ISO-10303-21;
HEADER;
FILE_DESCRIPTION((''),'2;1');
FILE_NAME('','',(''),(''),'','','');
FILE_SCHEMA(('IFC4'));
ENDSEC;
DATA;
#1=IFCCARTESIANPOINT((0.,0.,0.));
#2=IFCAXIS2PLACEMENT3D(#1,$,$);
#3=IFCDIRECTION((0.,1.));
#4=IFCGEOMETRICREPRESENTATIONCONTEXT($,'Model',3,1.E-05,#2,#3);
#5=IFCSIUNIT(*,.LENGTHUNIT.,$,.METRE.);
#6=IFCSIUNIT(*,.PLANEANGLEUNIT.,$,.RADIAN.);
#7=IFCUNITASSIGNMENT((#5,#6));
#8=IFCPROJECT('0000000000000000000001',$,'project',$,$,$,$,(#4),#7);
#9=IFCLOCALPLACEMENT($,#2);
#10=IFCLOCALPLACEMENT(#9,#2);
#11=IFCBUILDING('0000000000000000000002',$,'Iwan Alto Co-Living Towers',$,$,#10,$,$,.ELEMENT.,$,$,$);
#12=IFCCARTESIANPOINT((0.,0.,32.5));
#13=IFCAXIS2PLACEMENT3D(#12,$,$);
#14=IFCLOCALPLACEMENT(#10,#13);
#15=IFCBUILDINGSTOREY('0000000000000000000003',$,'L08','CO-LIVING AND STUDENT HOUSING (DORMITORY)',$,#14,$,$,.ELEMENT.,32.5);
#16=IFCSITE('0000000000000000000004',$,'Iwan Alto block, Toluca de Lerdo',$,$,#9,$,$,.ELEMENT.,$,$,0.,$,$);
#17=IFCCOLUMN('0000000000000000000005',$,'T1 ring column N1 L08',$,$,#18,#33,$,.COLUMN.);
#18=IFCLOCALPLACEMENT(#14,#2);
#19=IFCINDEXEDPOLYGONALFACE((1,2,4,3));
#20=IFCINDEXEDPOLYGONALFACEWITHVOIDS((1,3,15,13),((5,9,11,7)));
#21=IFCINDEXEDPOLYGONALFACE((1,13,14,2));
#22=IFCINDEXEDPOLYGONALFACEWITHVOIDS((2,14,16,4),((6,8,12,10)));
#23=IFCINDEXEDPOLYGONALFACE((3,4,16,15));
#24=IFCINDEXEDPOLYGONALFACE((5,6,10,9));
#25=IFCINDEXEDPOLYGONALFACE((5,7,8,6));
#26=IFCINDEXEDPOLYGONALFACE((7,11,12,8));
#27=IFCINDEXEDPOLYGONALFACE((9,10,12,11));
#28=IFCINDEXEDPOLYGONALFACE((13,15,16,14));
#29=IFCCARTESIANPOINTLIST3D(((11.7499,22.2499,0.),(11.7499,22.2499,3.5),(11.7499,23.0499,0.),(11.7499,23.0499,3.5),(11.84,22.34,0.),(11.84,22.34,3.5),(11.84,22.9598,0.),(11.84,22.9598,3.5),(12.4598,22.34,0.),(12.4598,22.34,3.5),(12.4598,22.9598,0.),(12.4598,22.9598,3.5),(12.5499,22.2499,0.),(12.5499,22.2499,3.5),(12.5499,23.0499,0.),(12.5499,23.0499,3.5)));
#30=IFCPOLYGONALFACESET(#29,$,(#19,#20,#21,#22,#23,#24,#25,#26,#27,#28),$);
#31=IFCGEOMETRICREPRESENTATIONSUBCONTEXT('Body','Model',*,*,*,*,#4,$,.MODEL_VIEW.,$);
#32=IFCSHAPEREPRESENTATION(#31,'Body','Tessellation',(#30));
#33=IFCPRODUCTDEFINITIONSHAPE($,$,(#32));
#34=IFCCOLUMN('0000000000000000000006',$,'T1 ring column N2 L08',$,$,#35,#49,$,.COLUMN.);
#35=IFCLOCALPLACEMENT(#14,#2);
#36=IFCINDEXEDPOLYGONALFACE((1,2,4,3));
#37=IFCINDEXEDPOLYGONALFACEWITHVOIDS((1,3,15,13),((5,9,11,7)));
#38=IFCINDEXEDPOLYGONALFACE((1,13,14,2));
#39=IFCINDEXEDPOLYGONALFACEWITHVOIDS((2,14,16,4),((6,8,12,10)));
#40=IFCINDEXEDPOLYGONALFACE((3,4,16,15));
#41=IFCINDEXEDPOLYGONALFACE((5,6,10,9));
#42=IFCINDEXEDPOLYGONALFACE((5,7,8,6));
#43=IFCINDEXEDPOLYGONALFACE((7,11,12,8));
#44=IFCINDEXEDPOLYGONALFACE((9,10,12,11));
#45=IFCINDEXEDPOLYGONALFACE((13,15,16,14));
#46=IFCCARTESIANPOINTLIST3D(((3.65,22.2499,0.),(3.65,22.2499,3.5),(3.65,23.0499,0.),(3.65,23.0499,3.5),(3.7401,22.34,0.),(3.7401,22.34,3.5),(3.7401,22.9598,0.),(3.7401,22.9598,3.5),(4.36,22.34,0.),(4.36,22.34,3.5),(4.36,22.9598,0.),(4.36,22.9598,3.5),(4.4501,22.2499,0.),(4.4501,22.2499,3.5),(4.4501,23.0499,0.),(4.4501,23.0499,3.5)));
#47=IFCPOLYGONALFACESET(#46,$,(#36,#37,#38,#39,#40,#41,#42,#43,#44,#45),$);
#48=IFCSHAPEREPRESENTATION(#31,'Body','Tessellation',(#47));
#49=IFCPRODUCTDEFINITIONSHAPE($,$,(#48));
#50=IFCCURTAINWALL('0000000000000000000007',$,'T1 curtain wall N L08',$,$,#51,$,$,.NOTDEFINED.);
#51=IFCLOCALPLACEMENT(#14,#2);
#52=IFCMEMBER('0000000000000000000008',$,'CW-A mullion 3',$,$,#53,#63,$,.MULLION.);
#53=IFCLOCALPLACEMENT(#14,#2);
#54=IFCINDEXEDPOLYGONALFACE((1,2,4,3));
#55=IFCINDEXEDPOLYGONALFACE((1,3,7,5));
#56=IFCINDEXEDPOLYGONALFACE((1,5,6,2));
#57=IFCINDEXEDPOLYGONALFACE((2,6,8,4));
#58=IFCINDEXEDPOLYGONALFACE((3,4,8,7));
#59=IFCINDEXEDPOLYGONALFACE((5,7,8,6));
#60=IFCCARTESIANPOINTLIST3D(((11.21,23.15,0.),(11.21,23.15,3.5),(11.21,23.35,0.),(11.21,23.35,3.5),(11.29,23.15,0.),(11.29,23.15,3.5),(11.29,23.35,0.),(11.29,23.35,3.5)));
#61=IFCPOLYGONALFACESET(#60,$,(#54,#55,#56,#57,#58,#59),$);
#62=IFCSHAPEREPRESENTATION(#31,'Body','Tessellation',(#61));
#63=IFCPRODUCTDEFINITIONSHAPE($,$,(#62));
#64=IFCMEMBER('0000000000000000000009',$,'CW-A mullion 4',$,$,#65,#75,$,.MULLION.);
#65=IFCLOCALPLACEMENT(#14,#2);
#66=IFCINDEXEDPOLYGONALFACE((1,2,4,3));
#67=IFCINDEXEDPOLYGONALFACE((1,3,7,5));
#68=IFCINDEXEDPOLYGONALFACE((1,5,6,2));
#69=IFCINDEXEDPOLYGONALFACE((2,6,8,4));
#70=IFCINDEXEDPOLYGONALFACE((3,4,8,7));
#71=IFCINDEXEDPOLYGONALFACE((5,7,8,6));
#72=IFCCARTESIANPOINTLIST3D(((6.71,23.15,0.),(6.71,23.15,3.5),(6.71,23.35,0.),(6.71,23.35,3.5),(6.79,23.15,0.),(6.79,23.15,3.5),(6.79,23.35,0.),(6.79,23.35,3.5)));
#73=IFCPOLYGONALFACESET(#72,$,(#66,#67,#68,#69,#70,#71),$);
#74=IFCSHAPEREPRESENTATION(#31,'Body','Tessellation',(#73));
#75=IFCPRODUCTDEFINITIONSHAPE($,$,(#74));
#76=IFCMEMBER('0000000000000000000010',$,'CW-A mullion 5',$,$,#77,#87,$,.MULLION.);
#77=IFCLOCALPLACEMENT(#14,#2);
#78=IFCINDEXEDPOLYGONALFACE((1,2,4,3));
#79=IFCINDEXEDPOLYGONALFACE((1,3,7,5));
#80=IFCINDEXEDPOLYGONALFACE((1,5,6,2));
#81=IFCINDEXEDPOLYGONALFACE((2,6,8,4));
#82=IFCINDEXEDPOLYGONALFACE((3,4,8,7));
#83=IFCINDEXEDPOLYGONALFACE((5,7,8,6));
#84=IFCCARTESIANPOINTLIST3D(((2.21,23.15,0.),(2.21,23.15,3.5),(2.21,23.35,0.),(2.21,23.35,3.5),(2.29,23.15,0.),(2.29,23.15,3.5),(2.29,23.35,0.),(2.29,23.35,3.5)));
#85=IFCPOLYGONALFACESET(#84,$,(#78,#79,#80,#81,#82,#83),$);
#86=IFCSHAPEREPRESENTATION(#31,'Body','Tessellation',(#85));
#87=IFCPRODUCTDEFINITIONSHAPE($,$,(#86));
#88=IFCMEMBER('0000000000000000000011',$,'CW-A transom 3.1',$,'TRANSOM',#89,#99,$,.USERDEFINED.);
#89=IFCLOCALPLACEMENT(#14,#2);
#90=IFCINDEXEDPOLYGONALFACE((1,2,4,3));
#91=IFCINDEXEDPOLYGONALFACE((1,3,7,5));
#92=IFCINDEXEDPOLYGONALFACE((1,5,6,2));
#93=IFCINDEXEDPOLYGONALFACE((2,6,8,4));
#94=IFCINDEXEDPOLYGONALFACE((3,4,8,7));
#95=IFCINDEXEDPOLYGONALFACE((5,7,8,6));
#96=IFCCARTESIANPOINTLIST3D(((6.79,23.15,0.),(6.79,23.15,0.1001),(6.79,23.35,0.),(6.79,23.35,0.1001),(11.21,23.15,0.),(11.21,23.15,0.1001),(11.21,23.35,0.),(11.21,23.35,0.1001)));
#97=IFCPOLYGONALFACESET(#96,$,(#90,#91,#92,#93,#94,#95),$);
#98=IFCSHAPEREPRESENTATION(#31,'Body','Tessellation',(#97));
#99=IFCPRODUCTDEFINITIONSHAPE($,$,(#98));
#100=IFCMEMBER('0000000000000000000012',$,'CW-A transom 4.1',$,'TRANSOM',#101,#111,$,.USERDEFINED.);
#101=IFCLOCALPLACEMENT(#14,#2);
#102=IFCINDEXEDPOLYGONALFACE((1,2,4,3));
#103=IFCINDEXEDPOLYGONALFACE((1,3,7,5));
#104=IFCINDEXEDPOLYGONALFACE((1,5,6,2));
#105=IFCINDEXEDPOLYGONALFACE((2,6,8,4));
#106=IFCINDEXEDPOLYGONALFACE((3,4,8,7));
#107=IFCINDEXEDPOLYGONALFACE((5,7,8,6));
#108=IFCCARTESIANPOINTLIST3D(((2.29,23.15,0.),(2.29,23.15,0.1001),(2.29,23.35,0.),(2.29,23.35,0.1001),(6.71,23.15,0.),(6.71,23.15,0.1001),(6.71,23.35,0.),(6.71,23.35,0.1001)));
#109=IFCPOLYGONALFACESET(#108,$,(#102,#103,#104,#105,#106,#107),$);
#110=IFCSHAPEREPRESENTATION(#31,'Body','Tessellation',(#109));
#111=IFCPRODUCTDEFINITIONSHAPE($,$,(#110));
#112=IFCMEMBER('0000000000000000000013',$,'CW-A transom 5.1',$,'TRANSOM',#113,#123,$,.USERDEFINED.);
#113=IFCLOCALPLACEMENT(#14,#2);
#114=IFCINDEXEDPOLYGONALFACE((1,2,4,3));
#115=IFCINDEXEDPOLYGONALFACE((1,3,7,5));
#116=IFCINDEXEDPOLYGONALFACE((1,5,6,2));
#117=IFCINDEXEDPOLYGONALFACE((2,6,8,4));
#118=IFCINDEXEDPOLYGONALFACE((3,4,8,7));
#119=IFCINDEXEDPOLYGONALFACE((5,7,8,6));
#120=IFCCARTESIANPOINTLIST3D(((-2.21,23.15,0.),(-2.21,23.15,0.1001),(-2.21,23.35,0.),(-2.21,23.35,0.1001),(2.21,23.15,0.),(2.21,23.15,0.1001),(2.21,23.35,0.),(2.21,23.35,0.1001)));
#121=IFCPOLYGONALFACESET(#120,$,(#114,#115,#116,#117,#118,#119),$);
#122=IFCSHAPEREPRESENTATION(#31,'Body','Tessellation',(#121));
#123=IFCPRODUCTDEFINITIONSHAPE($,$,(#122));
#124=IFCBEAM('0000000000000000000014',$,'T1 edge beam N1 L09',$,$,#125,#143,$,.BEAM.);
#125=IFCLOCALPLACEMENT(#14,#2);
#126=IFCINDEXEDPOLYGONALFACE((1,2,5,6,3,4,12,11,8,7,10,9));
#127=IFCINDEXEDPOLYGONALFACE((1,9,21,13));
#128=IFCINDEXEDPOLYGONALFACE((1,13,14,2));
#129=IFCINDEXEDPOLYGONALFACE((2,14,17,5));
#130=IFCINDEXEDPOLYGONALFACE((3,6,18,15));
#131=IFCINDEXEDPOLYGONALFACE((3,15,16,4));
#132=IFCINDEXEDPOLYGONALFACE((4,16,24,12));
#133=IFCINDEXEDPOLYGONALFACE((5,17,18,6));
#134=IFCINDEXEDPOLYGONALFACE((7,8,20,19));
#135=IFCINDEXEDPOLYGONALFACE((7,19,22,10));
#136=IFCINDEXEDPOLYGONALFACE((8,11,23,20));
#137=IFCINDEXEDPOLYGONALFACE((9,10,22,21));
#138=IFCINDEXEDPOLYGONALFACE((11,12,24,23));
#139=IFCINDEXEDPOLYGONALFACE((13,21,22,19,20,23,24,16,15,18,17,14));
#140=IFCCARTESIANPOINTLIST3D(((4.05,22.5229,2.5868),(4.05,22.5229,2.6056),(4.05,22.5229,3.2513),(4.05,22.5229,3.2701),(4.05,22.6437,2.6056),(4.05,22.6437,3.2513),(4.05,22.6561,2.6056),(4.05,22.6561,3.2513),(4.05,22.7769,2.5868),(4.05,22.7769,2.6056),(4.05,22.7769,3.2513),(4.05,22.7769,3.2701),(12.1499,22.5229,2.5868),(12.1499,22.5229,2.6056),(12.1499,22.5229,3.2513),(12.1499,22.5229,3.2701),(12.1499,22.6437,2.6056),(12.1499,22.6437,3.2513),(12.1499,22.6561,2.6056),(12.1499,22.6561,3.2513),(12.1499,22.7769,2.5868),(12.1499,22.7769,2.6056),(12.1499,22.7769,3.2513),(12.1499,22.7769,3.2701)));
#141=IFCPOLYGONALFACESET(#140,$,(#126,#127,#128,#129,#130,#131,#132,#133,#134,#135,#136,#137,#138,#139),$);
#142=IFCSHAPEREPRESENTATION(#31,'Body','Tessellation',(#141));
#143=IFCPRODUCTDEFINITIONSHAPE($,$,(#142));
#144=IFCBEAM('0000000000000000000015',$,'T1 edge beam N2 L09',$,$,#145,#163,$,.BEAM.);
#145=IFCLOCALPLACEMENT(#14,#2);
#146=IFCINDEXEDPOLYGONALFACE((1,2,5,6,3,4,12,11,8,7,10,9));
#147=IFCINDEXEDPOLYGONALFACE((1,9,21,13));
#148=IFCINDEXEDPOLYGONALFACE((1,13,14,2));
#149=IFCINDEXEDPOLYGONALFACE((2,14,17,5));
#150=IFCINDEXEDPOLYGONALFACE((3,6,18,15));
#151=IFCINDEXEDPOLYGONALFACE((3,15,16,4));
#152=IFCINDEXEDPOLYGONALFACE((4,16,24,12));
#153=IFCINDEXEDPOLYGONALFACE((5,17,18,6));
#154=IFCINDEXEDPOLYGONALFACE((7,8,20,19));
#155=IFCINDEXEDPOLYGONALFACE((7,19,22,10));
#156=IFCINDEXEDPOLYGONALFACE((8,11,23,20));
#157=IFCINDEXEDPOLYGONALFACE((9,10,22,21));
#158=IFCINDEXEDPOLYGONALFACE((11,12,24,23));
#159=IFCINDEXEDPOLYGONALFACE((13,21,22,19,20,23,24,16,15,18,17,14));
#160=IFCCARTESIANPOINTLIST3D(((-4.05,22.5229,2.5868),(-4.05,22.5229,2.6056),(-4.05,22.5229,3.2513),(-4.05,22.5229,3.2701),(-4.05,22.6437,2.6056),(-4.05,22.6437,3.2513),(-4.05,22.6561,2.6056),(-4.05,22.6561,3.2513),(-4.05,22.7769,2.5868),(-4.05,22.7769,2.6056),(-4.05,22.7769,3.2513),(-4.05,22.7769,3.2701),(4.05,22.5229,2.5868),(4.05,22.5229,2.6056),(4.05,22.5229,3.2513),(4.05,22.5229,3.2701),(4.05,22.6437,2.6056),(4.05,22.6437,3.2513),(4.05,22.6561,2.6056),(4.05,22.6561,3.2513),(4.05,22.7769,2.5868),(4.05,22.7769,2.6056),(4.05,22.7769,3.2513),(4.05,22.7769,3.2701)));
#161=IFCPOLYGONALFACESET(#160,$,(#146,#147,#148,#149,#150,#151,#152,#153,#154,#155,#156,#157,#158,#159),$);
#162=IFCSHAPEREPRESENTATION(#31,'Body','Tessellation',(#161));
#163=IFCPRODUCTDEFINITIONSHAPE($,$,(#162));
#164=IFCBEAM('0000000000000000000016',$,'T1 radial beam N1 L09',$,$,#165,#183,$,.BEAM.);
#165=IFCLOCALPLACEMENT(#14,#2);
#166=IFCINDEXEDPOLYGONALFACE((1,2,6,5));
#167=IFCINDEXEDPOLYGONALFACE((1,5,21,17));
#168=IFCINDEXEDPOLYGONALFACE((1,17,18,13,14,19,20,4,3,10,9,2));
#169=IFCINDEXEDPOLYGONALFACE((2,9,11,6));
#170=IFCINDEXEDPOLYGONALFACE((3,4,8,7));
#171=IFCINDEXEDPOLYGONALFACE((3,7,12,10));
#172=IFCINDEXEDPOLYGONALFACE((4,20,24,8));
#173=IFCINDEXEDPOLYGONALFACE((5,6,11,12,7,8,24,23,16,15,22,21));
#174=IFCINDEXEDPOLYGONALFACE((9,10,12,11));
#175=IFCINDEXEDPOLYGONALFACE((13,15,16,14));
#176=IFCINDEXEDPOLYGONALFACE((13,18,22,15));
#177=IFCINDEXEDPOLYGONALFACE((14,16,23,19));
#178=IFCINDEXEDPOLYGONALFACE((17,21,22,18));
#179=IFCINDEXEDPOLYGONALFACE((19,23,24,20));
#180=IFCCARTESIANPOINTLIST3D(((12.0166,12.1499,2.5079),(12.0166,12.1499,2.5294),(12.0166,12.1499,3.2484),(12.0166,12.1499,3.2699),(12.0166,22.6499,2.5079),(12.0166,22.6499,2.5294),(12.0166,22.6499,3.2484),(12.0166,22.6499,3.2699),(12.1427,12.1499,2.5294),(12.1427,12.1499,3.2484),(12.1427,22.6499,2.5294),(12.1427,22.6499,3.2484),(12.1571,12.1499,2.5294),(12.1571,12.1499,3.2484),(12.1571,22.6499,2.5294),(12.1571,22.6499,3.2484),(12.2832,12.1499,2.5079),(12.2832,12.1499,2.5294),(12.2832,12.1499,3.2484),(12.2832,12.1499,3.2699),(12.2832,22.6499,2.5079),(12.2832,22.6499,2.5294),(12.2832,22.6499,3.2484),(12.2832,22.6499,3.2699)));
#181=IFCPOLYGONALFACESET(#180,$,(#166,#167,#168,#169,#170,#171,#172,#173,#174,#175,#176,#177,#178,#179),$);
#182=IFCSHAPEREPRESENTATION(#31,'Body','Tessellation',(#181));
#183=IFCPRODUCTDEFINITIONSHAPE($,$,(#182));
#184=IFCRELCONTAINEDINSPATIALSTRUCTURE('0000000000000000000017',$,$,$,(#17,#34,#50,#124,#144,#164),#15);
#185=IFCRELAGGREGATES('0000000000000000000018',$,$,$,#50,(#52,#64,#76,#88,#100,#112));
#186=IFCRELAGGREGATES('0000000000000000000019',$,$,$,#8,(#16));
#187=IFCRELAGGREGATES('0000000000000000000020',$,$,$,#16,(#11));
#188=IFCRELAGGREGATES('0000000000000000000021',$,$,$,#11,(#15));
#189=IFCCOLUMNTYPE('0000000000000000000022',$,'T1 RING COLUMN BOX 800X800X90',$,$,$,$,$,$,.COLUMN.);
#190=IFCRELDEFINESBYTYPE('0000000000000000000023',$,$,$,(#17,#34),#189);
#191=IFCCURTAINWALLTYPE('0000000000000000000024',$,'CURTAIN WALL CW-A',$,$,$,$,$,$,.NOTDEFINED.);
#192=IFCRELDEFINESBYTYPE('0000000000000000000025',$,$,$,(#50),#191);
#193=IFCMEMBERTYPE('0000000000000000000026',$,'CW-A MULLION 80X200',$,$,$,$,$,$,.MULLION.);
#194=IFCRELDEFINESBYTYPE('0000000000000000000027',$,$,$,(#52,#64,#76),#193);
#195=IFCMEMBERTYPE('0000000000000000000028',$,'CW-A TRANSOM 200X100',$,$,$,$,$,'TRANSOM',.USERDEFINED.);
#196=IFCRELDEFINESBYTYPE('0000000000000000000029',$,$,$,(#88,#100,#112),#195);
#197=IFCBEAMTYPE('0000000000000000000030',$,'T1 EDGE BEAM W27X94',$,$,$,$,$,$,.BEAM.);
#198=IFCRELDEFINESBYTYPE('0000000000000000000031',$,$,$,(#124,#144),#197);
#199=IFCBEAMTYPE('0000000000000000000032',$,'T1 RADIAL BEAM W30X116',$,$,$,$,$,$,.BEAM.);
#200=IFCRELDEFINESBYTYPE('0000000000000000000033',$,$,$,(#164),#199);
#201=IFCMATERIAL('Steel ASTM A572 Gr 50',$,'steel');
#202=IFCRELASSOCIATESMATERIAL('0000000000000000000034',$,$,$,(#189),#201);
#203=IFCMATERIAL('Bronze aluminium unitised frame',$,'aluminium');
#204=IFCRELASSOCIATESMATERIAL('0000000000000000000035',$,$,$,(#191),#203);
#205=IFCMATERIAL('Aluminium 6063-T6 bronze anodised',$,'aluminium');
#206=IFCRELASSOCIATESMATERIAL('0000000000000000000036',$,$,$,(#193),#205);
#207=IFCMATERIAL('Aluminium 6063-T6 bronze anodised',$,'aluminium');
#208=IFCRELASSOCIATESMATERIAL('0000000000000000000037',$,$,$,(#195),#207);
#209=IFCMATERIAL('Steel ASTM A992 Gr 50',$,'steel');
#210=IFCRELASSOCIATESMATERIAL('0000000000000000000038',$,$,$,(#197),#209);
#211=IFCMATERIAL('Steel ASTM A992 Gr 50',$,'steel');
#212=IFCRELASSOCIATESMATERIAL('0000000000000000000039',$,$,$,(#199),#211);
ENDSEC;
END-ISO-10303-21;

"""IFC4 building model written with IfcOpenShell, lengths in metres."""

from ifc_helpers import new_model, si_unit, direction, frame, origin, origin_2d, place, context, subcontext, project, spatial, rectangle, hollow_rectangle, i_section, extrude, material, material_profile, profile_set, type_object, element, aggregate, save


model = new_model("IFC4")

# Units and contexts
model_context = context("Model", 3, precision=1e-05, world=origin(), true_north=direction((0.0, 1.0)))
body_context = subcontext(model_context, "Body", "Model", "MODEL_VIEW")
ifc_project = project(units=[si_unit("LENGTHUNIT", "METRE"), si_unit("PLANEANGLEUNIT", "RADIAN")], contexts=[model_context])

# Site, building, storey
site_placement = place(None, origin())
site = spatial("IfcSite", under=ifc_project, at=site_placement, Name="Iwan Alto block, Toluca de Lerdo", CompositionType="ELEMENT", RefElevation=0.0)
building_placement = place(site_placement, origin())
building = spatial("IfcBuilding", under=site, at=building_placement, Name="Iwan Alto Co-Living Towers", CompositionType="ELEMENT")
storey_placement = place(building_placement, frame((0.0, 0.0, 32.5)))
storey = spatial("IfcBuildingStorey", under=building, at=storey_placement, Name="L08", Description="CO-LIVING AND STUDENT HOUSING (DORMITORY)", CompositionType="ELEMENT", Elevation=32.5)

# Columns
ifc_material_1 = material(Name="Steel ASTM A572 Gr 50", Category="steel")
ifc_material_profile_1 = material_profile(ifc_material_1, hollow_rectangle(XDim=0.8, YDim=0.8, WallThickness=0.0901, at=origin_2d()), Name="BOX 800X800X90")
ifc_profile_set_1 = profile_set([ifc_material_profile_1], Name="Steel ASTM A572 Gr 50")
column_type = type_object("IfcColumnType", Name="T1 RING COLUMN BOX 800X800X90", PredefinedType="COLUMN", material=ifc_profile_set_1)
for number, where, z_axis, x_axis, name in (
    (1, (12.1499, 22.6499, 0.0), (0.0, 0.0, 1.0), (1.0, 0.0, 0.0), "T1 ring column N1 L08"),
    (2, (4.05, 22.6499, 0.0), (0.0, 0.0, 1.0), (1.0, 0.0, 0.0), "T1 ring column N2 L08"),
):
    element("IfcColumn", number, at=place(storey_placement, frame(where, z_axis=z_axis, x_axis=x_axis)), inside=storey, type_object=column_type, Name=name, PredefinedType="COLUMN", context=body_context, shape_type="SweptSolid", body=[
        extrude(hollow_rectangle(XDim=0.8, YDim=0.8, WallThickness=0.0901, at=origin_2d()), origin(), (0.0, 0.0, 1.0), 3.5),
    ])

# Curtain wall, members
ifc_material_2 = material(Name="Bronze aluminium unitised frame", Category="aluminium")
curtain_wall_type = type_object("IfcCurtainWallType", Name="CURTAIN WALL CW-A", PredefinedType="NOTDEFINED", material=ifc_material_2)
curtain_wall_placement = place(storey_placement, origin())
curtain_wall = element("IfcCurtainWall", 3, at=curtain_wall_placement, inside=storey, type_object=curtain_wall_type, Name="T1 curtain wall N L08", PredefinedType="NOTDEFINED")
ifc_material_3 = material(Name="Aluminium 6063-T6 bronze anodised", Category="aluminium")
ifc_material_profile_2 = material_profile(ifc_material_3, rectangle(XDim=0.2, YDim=0.0801, at=origin_2d()), Name="AL 80X200")
ifc_profile_set_2 = profile_set([ifc_material_profile_2], Name="Aluminium 6063-T6 bronze anodised")
member_type_1 = type_object("IfcMemberType", Name="CW-A MULLION 80X200", PredefinedType="MULLION", material=ifc_profile_set_2)
member_1_placement = place(storey_placement, frame((11.25, 23.25, 0.0), z_axis=(0.0, 0.0, 1.0), x_axis=(0.0, -1.0, 0.0)))
member_1 = element("IfcMember", 4, at=member_1_placement, type_object=member_type_1, Name="CW-A mullion 3", PredefinedType="MULLION", context=body_context, shape_type="SweptSolid", body=[
    extrude(rectangle(XDim=0.2, YDim=0.0801, at=origin_2d()), origin(), (0.0, 0.0, 1.0), 3.5),
])
member_2_placement = place(storey_placement, frame((6.75, 23.25, 0.0), z_axis=(0.0, 0.0, 1.0), x_axis=(0.0, -1.0, 0.0)))
member_2 = element("IfcMember", 5, at=member_2_placement, type_object=member_type_1, Name="CW-A mullion 4", PredefinedType="MULLION", context=body_context, shape_type="SweptSolid", body=[
    extrude(rectangle(XDim=0.2, YDim=0.0801, at=origin_2d()), origin(), (0.0, 0.0, 1.0), 3.5),
])
member_3_placement = place(storey_placement, frame((2.25, 23.25, 0.0), z_axis=(0.0, 0.0, 1.0), x_axis=(0.0, -1.0, 0.0)))
member_3 = element("IfcMember", 6, at=member_3_placement, type_object=member_type_1, Name="CW-A mullion 5", PredefinedType="MULLION", context=body_context, shape_type="SweptSolid", body=[
    extrude(rectangle(XDim=0.2, YDim=0.0801, at=origin_2d()), origin(), (0.0, 0.0, 1.0), 3.5),
])
ifc_material_4 = material(Name="Aluminium 6063-T6 bronze anodised", Category="aluminium")
ifc_material_profile_3 = material_profile(ifc_material_4, rectangle(XDim=0.2, YDim=0.1001, at=origin_2d()), Name="AL 200X100")
ifc_profile_set_3 = profile_set([ifc_material_profile_3], Name="Aluminium 6063-T6 bronze anodised")
member_type_2 = type_object("IfcMemberType", Name="CW-A TRANSOM 200X100", ElementType="TRANSOM", PredefinedType="USERDEFINED", material=ifc_profile_set_3)
member_4_placement = place(storey_placement, frame((11.21, 23.25, 0.05), z_axis=(-1.0, 0.0, 0.0), x_axis=(0.0, -1.0, 0.0)))
member_4 = element("IfcMember", 7, at=member_4_placement, type_object=member_type_2, Name="CW-A transom 3.1", ObjectType="TRANSOM", PredefinedType="USERDEFINED", context=body_context, shape_type="SweptSolid", body=[
    extrude(rectangle(XDim=0.2, YDim=0.1001, at=origin_2d()), origin(), (0.0, 0.0, 1.0), 4.4199),
])
member_5_placement = place(storey_placement, frame((6.71, 23.25, 0.05), z_axis=(-1.0, 0.0, 0.0), x_axis=(0.0, -1.0, 0.0)))
member_5 = element("IfcMember", 8, at=member_5_placement, type_object=member_type_2, Name="CW-A transom 4.1", ObjectType="TRANSOM", PredefinedType="USERDEFINED", context=body_context, shape_type="SweptSolid", body=[
    extrude(rectangle(XDim=0.2, YDim=0.1001, at=origin_2d()), origin(), (0.0, 0.0, 1.0), 4.4199),
])
member_6_placement = place(storey_placement, frame((2.21, 23.25, 0.05), z_axis=(-1.0, 0.0, 0.0), x_axis=(0.0, -1.0, 0.0)))
member_6 = element("IfcMember", 9, at=member_6_placement, type_object=member_type_2, Name="CW-A transom 5.1", ObjectType="TRANSOM", PredefinedType="USERDEFINED", context=body_context, shape_type="SweptSolid", body=[
    extrude(rectangle(XDim=0.2, YDim=0.1001, at=origin_2d()), origin(), (0.0, 0.0, 1.0), 4.4199),
])

# Beams
ifc_material_5 = material(Name="Steel ASTM A992 Gr 50", Category="steel")
ifc_material_profile_4 = material_profile(ifc_material_5, i_section(OverallWidth=0.2539, OverallDepth=0.6833, WebThickness=0.0125, FlangeThickness=0.0188, at=origin_2d()), Name="W27X94")
ifc_profile_set_4 = profile_set([ifc_material_profile_4], Name="Steel ASTM A992 Gr 50")
beam_type_1 = type_object("IfcBeamType", Name="T1 EDGE BEAM W27X94", PredefinedType="BEAM", material=ifc_profile_set_4)
beam_1_placement = place(storey_placement, frame((12.1499, 22.6499, 2.9285), z_axis=(-1.0, 0.0, 0.0), x_axis=(0.0, -1.0, 0.0)))
element("IfcBeam", 10, at=beam_1_placement, inside=storey, type_object=beam_type_1, Name="T1 edge beam N1 L09", PredefinedType="BEAM", context=body_context, shape_type="SweptSolid", body=[
    extrude(i_section(OverallWidth=0.2539, OverallDepth=0.6833, WebThickness=0.0125, FlangeThickness=0.0188, at=origin_2d()), origin(), (0.0, 0.0, 1.0), 8.0999),
])
beam_2_placement = place(storey_placement, frame((4.05, 22.6499, 2.9285), z_axis=(-1.0, 0.0, 0.0), x_axis=(0.0, -1.0, 0.0)))
element("IfcBeam", 11, at=beam_2_placement, inside=storey, type_object=beam_type_1, Name="T1 edge beam N2 L09", PredefinedType="BEAM", context=body_context, shape_type="SweptSolid", body=[
    extrude(i_section(OverallWidth=0.2539, OverallDepth=0.6833, WebThickness=0.0125, FlangeThickness=0.0188, at=origin_2d()), origin(), (0.0, 0.0, 1.0), 8.1001),
])
ifc_material_6 = material(Name="Steel ASTM A992 Gr 50", Category="steel")
ifc_material_profile_5 = material_profile(ifc_material_6, i_section(OverallWidth=0.2666, OverallDepth=0.762, WebThickness=0.0144, FlangeThickness=0.0215, at=origin_2d()), Name="W30X116")
ifc_profile_set_5 = profile_set([ifc_material_profile_5], Name="Steel ASTM A992 Gr 50")
beam_type_2 = type_object("IfcBeamType", Name="T1 RADIAL BEAM W30X116", PredefinedType="BEAM", material=ifc_profile_set_5)
beam_3_placement = place(storey_placement, frame((12.1499, 22.6499, 2.8889), z_axis=(0.0, -1.0, 0.0), x_axis=(1.0, 0.0, 0.0)))
element("IfcBeam", 12, at=beam_3_placement, inside=storey, type_object=beam_type_2, Name="T1 radial beam N1 L09", PredefinedType="BEAM", context=body_context, shape_type="SweptSolid", body=[
    extrude(i_section(OverallWidth=0.2666, OverallDepth=0.762, WebThickness=0.0144, FlangeThickness=0.0215, at=origin_2d()), origin(), (0.0, 0.0, 1.0), 10.5),
])

aggregate(curtain_wall, [member_1, member_2, member_3, member_4, member_5, member_6])

save(model, "model.ifc")
